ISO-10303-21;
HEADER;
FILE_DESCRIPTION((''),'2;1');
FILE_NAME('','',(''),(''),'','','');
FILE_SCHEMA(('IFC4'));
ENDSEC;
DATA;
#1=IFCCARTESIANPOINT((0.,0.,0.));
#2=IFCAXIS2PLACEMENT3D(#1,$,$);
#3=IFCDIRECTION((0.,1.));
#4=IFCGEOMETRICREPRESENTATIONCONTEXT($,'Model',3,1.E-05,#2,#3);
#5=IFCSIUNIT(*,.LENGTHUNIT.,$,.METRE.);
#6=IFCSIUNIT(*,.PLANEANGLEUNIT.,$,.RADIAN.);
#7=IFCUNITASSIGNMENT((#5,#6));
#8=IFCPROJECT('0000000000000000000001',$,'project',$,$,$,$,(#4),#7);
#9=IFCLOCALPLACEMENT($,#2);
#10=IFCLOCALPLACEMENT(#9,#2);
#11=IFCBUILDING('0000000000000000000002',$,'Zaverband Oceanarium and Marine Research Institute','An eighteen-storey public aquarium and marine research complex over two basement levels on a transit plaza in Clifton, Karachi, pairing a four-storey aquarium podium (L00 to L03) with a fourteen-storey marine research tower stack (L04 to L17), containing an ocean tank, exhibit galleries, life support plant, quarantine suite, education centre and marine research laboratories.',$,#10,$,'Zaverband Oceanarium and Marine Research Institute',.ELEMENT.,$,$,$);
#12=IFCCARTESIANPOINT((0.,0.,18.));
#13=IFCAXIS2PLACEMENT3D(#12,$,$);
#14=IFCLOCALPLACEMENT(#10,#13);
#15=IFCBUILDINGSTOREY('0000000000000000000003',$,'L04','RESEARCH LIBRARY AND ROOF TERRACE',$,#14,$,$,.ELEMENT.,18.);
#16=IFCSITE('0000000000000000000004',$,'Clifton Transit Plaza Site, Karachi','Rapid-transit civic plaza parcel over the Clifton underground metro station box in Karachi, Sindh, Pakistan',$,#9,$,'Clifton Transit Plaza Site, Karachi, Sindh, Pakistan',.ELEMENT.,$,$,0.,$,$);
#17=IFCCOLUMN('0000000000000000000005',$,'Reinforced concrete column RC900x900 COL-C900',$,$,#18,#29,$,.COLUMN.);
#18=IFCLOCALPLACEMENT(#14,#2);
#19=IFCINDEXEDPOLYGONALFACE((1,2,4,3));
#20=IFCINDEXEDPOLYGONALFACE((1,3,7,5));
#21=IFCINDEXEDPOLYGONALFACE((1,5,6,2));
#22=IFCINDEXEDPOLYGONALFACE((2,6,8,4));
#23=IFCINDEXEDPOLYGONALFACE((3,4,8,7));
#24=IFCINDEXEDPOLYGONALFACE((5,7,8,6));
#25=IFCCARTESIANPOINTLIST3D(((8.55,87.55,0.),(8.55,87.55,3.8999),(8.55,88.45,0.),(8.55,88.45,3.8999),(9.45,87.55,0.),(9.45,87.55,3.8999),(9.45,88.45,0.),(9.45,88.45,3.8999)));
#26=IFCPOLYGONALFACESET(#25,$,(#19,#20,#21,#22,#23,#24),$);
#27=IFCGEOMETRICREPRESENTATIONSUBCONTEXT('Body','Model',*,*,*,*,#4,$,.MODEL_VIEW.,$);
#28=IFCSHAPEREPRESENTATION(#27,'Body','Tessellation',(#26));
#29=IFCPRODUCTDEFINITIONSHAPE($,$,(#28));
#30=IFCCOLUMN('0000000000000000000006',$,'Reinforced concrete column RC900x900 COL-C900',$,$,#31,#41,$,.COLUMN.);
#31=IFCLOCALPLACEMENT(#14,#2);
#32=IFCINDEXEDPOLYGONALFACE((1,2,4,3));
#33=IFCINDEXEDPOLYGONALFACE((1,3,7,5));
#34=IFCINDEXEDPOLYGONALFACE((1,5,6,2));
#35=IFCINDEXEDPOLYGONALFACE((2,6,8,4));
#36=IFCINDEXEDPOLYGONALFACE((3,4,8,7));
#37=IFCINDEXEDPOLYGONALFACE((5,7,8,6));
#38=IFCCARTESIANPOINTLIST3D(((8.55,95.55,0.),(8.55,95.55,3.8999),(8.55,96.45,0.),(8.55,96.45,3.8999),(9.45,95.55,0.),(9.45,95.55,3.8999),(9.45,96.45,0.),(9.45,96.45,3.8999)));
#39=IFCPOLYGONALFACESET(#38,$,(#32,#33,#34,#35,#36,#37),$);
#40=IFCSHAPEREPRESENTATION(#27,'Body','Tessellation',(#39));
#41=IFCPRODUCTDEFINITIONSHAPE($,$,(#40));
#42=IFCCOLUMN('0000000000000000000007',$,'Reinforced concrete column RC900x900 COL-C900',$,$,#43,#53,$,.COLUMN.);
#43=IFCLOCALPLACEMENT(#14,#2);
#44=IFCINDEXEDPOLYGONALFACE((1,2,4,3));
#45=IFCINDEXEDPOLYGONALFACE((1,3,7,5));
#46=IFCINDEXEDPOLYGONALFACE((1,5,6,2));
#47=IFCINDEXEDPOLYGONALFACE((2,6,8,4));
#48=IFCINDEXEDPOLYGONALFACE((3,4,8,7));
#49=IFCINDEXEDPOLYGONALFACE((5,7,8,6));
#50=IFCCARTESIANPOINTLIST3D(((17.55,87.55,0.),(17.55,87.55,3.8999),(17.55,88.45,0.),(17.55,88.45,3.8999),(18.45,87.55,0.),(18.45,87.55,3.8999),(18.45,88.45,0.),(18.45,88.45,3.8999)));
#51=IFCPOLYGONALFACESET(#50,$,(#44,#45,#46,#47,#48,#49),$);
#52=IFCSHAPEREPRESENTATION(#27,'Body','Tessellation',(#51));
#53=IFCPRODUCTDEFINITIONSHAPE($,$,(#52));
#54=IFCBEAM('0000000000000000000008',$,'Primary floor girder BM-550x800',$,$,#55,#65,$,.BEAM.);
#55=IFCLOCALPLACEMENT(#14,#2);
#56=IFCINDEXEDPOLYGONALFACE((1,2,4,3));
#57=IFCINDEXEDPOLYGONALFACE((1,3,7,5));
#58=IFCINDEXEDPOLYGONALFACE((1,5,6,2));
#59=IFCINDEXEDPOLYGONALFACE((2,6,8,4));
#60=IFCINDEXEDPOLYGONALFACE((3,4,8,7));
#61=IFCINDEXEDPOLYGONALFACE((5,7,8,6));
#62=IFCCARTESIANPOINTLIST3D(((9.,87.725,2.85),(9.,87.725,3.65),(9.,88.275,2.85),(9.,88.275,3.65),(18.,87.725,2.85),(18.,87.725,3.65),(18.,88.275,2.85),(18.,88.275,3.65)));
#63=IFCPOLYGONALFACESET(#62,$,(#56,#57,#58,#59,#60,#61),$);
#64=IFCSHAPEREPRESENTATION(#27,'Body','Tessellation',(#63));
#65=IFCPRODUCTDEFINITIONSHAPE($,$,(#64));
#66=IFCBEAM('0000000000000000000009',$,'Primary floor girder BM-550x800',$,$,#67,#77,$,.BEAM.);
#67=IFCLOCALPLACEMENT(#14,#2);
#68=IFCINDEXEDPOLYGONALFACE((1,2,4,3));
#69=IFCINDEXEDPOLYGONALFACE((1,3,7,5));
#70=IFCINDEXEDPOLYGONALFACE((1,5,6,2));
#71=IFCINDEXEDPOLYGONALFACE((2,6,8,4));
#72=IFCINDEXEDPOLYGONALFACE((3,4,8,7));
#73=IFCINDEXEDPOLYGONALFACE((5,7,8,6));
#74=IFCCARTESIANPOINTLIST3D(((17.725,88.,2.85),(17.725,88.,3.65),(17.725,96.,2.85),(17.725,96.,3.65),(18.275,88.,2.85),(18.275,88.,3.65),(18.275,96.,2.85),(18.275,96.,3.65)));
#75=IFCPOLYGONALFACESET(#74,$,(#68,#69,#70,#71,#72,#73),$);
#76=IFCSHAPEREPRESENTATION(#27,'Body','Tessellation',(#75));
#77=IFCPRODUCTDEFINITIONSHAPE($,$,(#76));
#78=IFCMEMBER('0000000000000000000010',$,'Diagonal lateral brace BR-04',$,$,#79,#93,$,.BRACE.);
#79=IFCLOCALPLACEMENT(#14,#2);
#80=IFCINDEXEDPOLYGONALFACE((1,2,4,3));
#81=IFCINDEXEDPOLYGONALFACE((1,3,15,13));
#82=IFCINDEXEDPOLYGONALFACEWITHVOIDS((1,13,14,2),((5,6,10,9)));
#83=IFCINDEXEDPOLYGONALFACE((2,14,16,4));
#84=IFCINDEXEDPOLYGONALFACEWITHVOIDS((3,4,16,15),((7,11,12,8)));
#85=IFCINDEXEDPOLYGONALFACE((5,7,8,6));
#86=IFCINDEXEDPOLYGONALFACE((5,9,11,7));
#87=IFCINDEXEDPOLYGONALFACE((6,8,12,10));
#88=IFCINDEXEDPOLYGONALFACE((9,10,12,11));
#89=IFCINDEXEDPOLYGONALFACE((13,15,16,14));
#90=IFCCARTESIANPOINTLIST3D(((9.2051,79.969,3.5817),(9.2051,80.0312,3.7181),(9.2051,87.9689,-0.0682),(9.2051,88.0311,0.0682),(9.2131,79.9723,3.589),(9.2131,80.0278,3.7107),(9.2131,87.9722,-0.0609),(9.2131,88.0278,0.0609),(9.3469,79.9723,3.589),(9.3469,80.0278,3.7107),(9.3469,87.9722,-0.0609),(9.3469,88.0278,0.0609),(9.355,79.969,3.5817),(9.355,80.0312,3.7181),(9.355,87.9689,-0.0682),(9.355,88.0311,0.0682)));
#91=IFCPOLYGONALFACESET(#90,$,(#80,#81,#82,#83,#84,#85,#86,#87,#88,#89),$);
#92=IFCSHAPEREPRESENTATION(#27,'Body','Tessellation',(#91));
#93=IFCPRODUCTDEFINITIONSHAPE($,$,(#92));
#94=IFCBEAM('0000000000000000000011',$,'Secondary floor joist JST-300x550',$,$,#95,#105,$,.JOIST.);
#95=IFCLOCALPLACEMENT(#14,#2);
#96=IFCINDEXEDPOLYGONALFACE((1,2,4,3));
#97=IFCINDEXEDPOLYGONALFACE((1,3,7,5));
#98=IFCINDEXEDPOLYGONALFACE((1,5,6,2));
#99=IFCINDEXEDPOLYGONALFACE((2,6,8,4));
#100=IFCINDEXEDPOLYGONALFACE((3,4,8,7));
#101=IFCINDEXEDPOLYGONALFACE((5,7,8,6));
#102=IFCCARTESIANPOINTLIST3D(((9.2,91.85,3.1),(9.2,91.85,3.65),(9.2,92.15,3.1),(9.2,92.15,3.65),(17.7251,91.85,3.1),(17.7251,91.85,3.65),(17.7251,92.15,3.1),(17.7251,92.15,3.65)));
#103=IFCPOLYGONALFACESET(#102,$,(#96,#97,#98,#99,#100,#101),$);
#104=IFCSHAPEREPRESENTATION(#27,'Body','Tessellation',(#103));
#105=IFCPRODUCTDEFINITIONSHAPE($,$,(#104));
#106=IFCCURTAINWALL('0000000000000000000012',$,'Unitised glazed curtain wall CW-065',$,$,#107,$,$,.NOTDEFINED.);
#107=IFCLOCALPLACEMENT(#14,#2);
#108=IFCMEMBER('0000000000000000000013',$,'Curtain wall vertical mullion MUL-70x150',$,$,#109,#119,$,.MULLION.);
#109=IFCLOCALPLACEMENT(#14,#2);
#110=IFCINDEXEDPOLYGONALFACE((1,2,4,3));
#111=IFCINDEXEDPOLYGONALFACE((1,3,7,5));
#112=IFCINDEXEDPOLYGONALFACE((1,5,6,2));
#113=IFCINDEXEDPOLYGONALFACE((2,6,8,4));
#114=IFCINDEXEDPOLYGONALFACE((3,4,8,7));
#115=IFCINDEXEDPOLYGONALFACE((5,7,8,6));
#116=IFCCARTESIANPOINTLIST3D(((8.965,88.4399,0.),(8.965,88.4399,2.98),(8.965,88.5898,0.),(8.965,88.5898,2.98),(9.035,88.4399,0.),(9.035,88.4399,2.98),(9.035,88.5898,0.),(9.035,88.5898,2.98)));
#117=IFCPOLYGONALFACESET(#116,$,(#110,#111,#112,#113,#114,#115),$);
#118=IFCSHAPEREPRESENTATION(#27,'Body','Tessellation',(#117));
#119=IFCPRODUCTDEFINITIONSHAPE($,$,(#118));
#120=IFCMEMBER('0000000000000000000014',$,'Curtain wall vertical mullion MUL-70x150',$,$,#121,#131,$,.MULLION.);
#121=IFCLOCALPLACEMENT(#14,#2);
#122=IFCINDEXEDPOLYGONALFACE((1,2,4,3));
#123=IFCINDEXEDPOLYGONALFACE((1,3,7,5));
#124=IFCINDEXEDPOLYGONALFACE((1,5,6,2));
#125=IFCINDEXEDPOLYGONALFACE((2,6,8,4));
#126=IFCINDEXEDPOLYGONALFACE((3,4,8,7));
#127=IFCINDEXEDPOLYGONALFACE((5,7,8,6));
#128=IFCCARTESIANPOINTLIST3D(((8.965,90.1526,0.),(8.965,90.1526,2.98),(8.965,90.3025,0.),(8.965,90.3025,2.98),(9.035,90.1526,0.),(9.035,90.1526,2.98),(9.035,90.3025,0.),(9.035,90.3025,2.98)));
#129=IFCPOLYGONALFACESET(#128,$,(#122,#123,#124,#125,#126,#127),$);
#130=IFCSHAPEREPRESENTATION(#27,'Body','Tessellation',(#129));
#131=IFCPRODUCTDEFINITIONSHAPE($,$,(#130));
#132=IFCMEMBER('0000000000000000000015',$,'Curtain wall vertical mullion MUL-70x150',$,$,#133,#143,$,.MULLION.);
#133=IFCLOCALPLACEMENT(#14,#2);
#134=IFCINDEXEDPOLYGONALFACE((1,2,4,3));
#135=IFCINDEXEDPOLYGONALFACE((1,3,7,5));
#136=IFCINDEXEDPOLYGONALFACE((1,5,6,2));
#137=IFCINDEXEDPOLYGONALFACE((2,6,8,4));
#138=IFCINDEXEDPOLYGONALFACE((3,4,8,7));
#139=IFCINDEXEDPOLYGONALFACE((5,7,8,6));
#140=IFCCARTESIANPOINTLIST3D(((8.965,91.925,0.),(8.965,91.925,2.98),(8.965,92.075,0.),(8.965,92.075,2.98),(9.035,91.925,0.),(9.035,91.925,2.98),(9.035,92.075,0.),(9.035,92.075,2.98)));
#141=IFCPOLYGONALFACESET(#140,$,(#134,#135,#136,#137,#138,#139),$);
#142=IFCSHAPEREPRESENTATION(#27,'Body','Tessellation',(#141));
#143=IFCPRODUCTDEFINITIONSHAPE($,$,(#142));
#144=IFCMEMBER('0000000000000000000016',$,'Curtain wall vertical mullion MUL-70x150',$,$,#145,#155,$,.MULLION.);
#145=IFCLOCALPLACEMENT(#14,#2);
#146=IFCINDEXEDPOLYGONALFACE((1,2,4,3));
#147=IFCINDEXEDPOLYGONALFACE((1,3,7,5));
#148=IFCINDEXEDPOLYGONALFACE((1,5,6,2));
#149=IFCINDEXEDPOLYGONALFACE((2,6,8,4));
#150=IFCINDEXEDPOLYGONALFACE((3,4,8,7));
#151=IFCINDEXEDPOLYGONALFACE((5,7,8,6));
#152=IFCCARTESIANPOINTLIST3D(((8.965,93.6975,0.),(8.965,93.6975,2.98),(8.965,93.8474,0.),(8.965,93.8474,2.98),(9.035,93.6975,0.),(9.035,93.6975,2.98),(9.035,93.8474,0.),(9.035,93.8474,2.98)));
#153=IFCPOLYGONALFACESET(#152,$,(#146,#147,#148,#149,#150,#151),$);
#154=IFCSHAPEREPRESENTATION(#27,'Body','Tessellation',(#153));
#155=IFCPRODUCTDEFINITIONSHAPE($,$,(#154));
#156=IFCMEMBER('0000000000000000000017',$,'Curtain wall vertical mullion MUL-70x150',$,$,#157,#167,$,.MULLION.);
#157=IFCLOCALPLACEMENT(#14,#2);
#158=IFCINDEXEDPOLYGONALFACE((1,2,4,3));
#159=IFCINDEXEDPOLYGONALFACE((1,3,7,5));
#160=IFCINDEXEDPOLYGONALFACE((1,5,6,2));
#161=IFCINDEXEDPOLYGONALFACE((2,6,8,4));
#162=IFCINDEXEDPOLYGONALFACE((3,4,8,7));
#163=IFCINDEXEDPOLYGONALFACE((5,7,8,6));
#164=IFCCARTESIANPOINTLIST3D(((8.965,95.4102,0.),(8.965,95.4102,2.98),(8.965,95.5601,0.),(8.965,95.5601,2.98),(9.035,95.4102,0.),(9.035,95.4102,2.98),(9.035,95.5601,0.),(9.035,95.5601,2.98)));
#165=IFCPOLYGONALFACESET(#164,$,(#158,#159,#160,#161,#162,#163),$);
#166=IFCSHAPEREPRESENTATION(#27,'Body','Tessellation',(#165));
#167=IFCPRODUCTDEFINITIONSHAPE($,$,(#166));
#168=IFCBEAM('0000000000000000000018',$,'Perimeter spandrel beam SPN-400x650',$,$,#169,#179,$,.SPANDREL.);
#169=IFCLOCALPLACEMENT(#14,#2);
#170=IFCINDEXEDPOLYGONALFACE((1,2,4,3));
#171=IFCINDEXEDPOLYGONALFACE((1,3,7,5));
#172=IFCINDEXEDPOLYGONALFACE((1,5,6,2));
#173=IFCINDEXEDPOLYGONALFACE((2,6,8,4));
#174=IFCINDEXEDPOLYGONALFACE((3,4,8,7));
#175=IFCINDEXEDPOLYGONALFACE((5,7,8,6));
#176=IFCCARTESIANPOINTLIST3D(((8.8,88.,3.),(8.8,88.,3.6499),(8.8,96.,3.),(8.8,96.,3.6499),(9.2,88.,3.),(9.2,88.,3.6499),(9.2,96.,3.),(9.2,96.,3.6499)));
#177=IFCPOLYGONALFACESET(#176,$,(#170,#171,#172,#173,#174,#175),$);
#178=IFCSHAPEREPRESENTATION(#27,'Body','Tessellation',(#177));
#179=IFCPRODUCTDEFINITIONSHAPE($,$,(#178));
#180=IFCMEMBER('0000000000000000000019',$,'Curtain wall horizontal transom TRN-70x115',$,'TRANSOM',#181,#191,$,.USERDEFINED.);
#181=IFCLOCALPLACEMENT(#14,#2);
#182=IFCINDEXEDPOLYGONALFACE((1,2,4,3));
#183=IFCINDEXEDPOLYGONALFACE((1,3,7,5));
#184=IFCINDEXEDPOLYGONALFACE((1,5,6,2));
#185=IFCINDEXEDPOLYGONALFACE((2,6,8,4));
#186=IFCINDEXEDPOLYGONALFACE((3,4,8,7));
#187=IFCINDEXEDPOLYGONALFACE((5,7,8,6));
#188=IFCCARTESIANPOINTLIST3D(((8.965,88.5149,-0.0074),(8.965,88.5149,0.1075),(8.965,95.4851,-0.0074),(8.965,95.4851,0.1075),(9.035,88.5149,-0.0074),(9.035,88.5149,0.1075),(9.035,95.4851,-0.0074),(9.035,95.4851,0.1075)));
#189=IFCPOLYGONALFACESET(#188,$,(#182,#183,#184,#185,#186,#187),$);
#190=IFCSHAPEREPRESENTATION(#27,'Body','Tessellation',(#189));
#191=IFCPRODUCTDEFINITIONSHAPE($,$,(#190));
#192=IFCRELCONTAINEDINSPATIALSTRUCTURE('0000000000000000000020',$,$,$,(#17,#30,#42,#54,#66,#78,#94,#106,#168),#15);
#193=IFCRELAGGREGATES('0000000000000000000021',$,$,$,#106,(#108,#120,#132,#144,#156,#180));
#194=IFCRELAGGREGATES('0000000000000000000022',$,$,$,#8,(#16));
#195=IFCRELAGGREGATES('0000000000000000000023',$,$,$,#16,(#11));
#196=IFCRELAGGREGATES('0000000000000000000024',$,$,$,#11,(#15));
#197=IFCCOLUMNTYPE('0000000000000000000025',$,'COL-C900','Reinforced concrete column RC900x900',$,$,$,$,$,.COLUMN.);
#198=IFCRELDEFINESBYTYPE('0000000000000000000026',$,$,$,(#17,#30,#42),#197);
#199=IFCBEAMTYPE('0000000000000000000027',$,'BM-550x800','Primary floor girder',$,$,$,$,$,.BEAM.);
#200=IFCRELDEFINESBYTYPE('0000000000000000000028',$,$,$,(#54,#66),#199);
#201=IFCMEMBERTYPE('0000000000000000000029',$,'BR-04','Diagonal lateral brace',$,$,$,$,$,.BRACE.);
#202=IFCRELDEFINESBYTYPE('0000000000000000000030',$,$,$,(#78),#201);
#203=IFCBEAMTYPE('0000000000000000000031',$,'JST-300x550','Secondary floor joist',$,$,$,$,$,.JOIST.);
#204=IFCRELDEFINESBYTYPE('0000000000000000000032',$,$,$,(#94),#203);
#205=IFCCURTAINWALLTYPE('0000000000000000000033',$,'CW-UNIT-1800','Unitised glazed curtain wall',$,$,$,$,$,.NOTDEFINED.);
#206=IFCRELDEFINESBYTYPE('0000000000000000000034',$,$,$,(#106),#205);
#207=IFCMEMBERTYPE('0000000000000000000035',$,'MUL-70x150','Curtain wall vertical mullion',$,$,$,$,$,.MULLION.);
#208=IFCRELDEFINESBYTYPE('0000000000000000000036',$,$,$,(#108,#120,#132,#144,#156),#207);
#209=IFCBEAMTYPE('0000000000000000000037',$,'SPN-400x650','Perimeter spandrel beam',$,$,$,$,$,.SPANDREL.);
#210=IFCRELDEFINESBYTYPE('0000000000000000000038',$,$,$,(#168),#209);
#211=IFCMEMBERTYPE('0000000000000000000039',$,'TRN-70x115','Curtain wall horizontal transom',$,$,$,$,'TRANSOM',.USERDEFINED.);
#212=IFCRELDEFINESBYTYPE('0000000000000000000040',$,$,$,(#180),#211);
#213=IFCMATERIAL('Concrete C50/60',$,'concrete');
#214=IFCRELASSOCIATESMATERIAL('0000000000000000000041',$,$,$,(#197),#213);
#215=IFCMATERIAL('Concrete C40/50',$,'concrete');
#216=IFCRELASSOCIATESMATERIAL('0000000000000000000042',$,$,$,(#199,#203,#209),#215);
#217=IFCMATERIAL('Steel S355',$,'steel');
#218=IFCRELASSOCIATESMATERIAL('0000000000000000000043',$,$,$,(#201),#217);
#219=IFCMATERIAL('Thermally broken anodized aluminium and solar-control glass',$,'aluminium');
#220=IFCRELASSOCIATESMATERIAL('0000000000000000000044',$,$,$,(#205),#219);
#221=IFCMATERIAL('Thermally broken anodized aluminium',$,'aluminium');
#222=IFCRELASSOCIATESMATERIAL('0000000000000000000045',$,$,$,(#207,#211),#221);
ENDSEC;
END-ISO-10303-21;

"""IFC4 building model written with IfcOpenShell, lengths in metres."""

from ifc_helpers import new_model, si_unit, direction, frame, origin, origin_2d, place, context, subcontext, project, spatial, rectangle, hollow_rectangle, extrude, material, material_profile, profile_set, type_object, element, aggregate, save


model = new_model("IFC4")

# Units and contexts
model_context = context("Model", 3, precision=1e-05, world=origin(), true_north=direction((0.0, 1.0)))
body_context = subcontext(model_context, "Body", "Model", "MODEL_VIEW")
ifc_project = project(units=[si_unit("LENGTHUNIT", "METRE"), si_unit("PLANEANGLEUNIT", "RADIAN")], contexts=[model_context])

# Site, building, storey
site_placement = place(None, origin())
site = spatial("IfcSite", under=ifc_project, at=site_placement, Name="Clifton Transit Plaza Site, Karachi", Description="Rapid-transit civic plaza parcel over the Clifton underground metro station box in Karachi, Sindh, Pakistan", LongName="Clifton Transit Plaza Site, Karachi, Sindh, Pakistan", CompositionType="ELEMENT", RefElevation=0.0)
building_placement = place(site_placement, origin())
building = spatial("IfcBuilding", under=site, at=building_placement, Name="Zaverband Oceanarium and Marine Research Institute", Description="An eighteen-storey public aquarium and marine research complex over two basement levels on a transit plaza in Clifton, Karachi, pairing a four-storey aquarium podium (L00 to L03) with a fourteen-storey marine research tower stack (L04 to L17), containing an ocean tank, exhibit galleries, life support plant, quarantine suite, education centre and marine research laboratories.", LongName="Zaverband Oceanarium and Marine Research Institute", CompositionType="ELEMENT")
storey_placement = place(building_placement, frame((0.0, 0.0, 18.0)))
storey = spatial("IfcBuildingStorey", under=building, at=storey_placement, Name="L04", Description="RESEARCH LIBRARY AND ROOF TERRACE", CompositionType="ELEMENT", Elevation=18.0)

# Columns
ifc_material_1 = material(Name="Concrete C50/60", Category="concrete")
ifc_material_profile_1 = material_profile(ifc_material_1, rectangle(XDim=0.8999, YDim=0.8999, at=origin_2d()), Name="RC900x900")
ifc_profile_set_1 = profile_set([ifc_material_profile_1], Name="Concrete C50/60")
column_type = type_object("IfcColumnType", Name="COL-C900", Description="Reinforced concrete column RC900x900", PredefinedType="COLUMN", material=ifc_profile_set_1)
for number, where, z_axis, x_axis, name in (
    (1, (9.0, 88.0, 0.0), (0.0, 0.0, 1.0), (1.0, 0.0, 0.0), "Reinforced concrete column RC900x900 COL-C900"),
    (2, (9.0, 96.0, 0.0), (0.0, 0.0, 1.0), (1.0, 0.0, 0.0), "Reinforced concrete column RC900x900 COL-C900"),
    (3, (18.0, 88.0, 0.0), (0.0, 0.0, 1.0), (1.0, 0.0, 0.0), "Reinforced concrete column RC900x900 COL-C900"),
):
    element("IfcColumn", number, at=place(storey_placement, frame(where, z_axis=z_axis, x_axis=x_axis)), inside=storey, type_object=column_type, Name=name, PredefinedType="COLUMN", context=body_context, shape_type="SweptSolid", body=[
        extrude(rectangle(XDim=0.8999, YDim=0.8999, at=origin_2d()), origin(), (0.0, 0.0, 1.0), 3.8999),
    ])

# Beams
ifc_material_2 = material(Name="Concrete C40/50", Category="concrete")
ifc_material_profile_2 = material_profile(ifc_material_2, rectangle(XDim=0.55, YDim=0.8, at=origin_2d()), Name="RC550x800")
ifc_profile_set_2 = profile_set([ifc_material_profile_2], Name="Concrete C40/50")
beam_type_1 = type_object("IfcBeamType", Name="BM-550x800", Description="Primary floor girder", PredefinedType="BEAM", material=ifc_profile_set_2)
beam_1_placement = place(storey_placement, frame((9.0, 88.0, 3.25), z_axis=(1.0, 0.0, 0.0), x_axis=(0.0, 1.0, 0.0)))
element("IfcBeam", 4, at=beam_1_placement, inside=storey, type_object=beam_type_1, Name="Primary floor girder BM-550x800", PredefinedType="BEAM", context=body_context, shape_type="SweptSolid", body=[
    extrude(rectangle(XDim=0.55, YDim=0.8, at=origin_2d()), origin(), (0.0, 0.0, 1.0), 9.0),
])
beam_2_placement = place(storey_placement, frame((18.0, 88.0, 3.25), z_axis=(0.0, 1.0, 0.0), x_axis=(-1.0, 0.0, 0.0)))
element("IfcBeam", 5, at=beam_2_placement, inside=storey, type_object=beam_type_1, Name="Primary floor girder BM-550x800", PredefinedType="BEAM", context=body_context, shape_type="SweptSolid", body=[
    extrude(rectangle(XDim=0.55, YDim=0.8, at=origin_2d()), origin(), (0.0, 0.0, 1.0), 8.0),
])

# Member
ifc_material_3 = material(Name="Steel S355", Category="steel")
ifc_material_profile_3 = material_profile(ifc_material_3, hollow_rectangle(XDim=0.1499, YDim=0.1499, WallThickness=0.0081, at=origin_2d()), Name="SHS150x150x8")
ifc_profile_set_3 = profile_set([ifc_material_profile_3], Name="Steel S355")
member_type_1 = type_object("IfcMemberType", Name="BR-04", Description="Diagonal lateral brace", PredefinedType="BRACE", material=ifc_profile_set_3)
member_1_placement = place(storey_placement, frame((9.28, 88.0, 0.0), z_axis=(0.0, -0.909786, 0.415079), x_axis=(1.0, 0.0, 0.0)))
element("IfcMember", 6, at=member_1_placement, inside=storey, type_object=member_type_1, Name="Diagonal lateral brace BR-04", PredefinedType="BRACE", context=body_context, shape_type="SweptSolid", body=[
    extrude(hollow_rectangle(XDim=0.1499, YDim=0.1499, WallThickness=0.0081, at=origin_2d()), origin(), (0.0, 0.0, 1.0), 8.7932),
])

# Beam
ifc_material_profile_4 = material_profile(ifc_material_2, rectangle(XDim=0.3, YDim=0.55, at=origin_2d()), Name="RC300x550")
ifc_profile_set_4 = profile_set([ifc_material_profile_4], Name="Concrete C40/50")
beam_type_2 = type_object("IfcBeamType", Name="JST-300x550", Description="Secondary floor joist", PredefinedType="JOIST", material=ifc_profile_set_4)
beam_3_placement = place(storey_placement, frame((9.2, 92.0, 3.375), z_axis=(1.0, 0.0, 0.0), x_axis=(0.0, 1.0, 0.0)))
element("IfcBeam", 7, at=beam_3_placement, inside=storey, type_object=beam_type_2, Name="Secondary floor joist JST-300x550", PredefinedType="JOIST", context=body_context, shape_type="SweptSolid", body=[
    extrude(rectangle(XDim=0.3, YDim=0.55, at=origin_2d()), origin(), (0.0, 0.0, 1.0), 8.5251),
])

# Curtain wall, members
ifc_material_4 = material(Name="Thermally broken anodized aluminium and solar-control glass", Category="aluminium")
curtain_wall_type = type_object("IfcCurtainWallType", Name="CW-UNIT-1800", Description="Unitised glazed curtain wall", PredefinedType="NOTDEFINED", material=ifc_material_4)
curtain_wall_placement = place(storey_placement, origin())
curtain_wall = element("IfcCurtainWall", 8, at=curtain_wall_placement, inside=storey, type_object=curtain_wall_type, Name="Unitised glazed curtain wall CW-065", PredefinedType="NOTDEFINED")
ifc_material_5 = material(Name="Thermally broken anodized aluminium", Category="aluminium")
ifc_material_profile_5 = material_profile(ifc_material_5, rectangle(XDim=0.0701, YDim=0.1499, at=origin_2d()), Name="AL-MUL-70x150")
ifc_profile_set_5 = profile_set([ifc_material_profile_5], Name="Thermally broken anodized aluminium")
member_type_2 = type_object("IfcMemberType", Name="MUL-70x150", Description="Curtain wall vertical mullion", PredefinedType="MULLION", material=ifc_profile_set_5)
member_2_placement = place(storey_placement, frame((9.0, 88.5149, 0.0), z_axis=(0.0, 0.0, 1.0), x_axis=(1.0, 0.0, 0.0)))
member_2 = element("IfcMember", 9, at=member_2_placement, type_object=member_type_2, Name="Curtain wall vertical mullion MUL-70x150", PredefinedType="MULLION", context=body_context, shape_type="SweptSolid", body=[
    extrude(rectangle(XDim=0.0701, YDim=0.1499, at=origin_2d()), origin(), (0.0, 0.0, 1.0), 2.98),
])
member_3_placement = place(storey_placement, frame((9.0, 90.2275, 0.0), z_axis=(0.0, 0.0, 1.0), x_axis=(1.0, 0.0, 0.0)))
member_3 = element("IfcMember", 10, at=member_3_placement, type_object=member_type_2, Name="Curtain wall vertical mullion MUL-70x150", PredefinedType="MULLION", context=body_context, shape_type="SweptSolid", body=[
    extrude(rectangle(XDim=0.0701, YDim=0.1499, at=origin_2d()), origin(), (0.0, 0.0, 1.0), 2.98),
])
member_4_placement = place(storey_placement, frame((9.0, 92.0, 0.0), z_axis=(0.0, 0.0, 1.0), x_axis=(1.0, 0.0, 0.0)))
member_4 = element("IfcMember", 11, at=member_4_placement, type_object=member_type_2, Name="Curtain wall vertical mullion MUL-70x150", PredefinedType="MULLION", context=body_context, shape_type="SweptSolid", body=[
    extrude(rectangle(XDim=0.0701, YDim=0.1499, at=origin_2d()), origin(), (0.0, 0.0, 1.0), 2.98),
])
member_5_placement = place(storey_placement, frame((9.0, 93.7725, 0.0), z_axis=(0.0, 0.0, 1.0), x_axis=(1.0, 0.0, 0.0)))
member_5 = element("IfcMember", 12, at=member_5_placement, type_object=member_type_2, Name="Curtain wall vertical mullion MUL-70x150", PredefinedType="MULLION", context=body_context, shape_type="SweptSolid", body=[
    extrude(rectangle(XDim=0.0701, YDim=0.1499, at=origin_2d()), origin(), (0.0, 0.0, 1.0), 2.98),
])
member_6_placement = place(storey_placement, frame((9.0, 95.4851, 0.0), z_axis=(0.0, 0.0, 1.0), x_axis=(1.0, 0.0, 0.0)))
member_6 = element("IfcMember", 13, at=member_6_placement, type_object=member_type_2, Name="Curtain wall vertical mullion MUL-70x150", PredefinedType="MULLION", context=body_context, shape_type="SweptSolid", body=[
    extrude(rectangle(XDim=0.0701, YDim=0.1499, at=origin_2d()), origin(), (0.0, 0.0, 1.0), 2.98),
])

# Beam
ifc_material_profile_6 = material_profile(ifc_material_2, rectangle(XDim=0.3999, YDim=0.6499, at=origin_2d()), Name="RC400x650")
ifc_profile_set_6 = profile_set([ifc_material_profile_6], Name="Concrete C40/50")
beam_type_3 = type_object("IfcBeamType", Name="SPN-400x650", Description="Perimeter spandrel beam", PredefinedType="SPANDREL", material=ifc_profile_set_6)
beam_4_placement = place(storey_placement, frame((9.0, 88.0, 3.325), z_axis=(0.0, 1.0, 0.0), x_axis=(-1.0, 0.0, 0.0)))
element("IfcBeam", 14, at=beam_4_placement, inside=storey, type_object=beam_type_3, Name="Perimeter spandrel beam SPN-400x650", PredefinedType="SPANDREL", context=body_context, shape_type="SweptSolid", body=[
    extrude(rectangle(XDim=0.3999, YDim=0.6499, at=origin_2d()), origin(), (0.0, 0.0, 1.0), 8.0),
])

# Member
ifc_material_profile_7 = material_profile(ifc_material_5, rectangle(XDim=0.0701, YDim=0.115, at=origin_2d()), Name="AL-TRN-70x115")
ifc_profile_set_7 = profile_set([ifc_material_profile_7], Name="Thermally broken anodized aluminium")
member_type_3 = type_object("IfcMemberType", Name="TRN-70x115", Description="Curtain wall horizontal transom", ElementType="TRANSOM", PredefinedType="USERDEFINED", material=ifc_profile_set_7)
member_7_placement = place(storey_placement, frame((9.0, 88.5149, 0.05), z_axis=(0.0, 1.0, 0.0), x_axis=(-1.0, 0.0, 0.0)))
member_7 = element("IfcMember", 15, at=member_7_placement, type_object=member_type_3, Name="Curtain wall horizontal transom TRN-70x115", ObjectType="TRANSOM", PredefinedType="USERDEFINED", context=body_context, shape_type="SweptSolid", body=[
    extrude(rectangle(XDim=0.0701, YDim=0.115, at=origin_2d()), origin(), (0.0, 0.0, 1.0), 6.9702),
])

aggregate(curtain_wall, [member_2, member_3, member_4, member_5, member_6, member_7])

save(model, "model.ifc")
